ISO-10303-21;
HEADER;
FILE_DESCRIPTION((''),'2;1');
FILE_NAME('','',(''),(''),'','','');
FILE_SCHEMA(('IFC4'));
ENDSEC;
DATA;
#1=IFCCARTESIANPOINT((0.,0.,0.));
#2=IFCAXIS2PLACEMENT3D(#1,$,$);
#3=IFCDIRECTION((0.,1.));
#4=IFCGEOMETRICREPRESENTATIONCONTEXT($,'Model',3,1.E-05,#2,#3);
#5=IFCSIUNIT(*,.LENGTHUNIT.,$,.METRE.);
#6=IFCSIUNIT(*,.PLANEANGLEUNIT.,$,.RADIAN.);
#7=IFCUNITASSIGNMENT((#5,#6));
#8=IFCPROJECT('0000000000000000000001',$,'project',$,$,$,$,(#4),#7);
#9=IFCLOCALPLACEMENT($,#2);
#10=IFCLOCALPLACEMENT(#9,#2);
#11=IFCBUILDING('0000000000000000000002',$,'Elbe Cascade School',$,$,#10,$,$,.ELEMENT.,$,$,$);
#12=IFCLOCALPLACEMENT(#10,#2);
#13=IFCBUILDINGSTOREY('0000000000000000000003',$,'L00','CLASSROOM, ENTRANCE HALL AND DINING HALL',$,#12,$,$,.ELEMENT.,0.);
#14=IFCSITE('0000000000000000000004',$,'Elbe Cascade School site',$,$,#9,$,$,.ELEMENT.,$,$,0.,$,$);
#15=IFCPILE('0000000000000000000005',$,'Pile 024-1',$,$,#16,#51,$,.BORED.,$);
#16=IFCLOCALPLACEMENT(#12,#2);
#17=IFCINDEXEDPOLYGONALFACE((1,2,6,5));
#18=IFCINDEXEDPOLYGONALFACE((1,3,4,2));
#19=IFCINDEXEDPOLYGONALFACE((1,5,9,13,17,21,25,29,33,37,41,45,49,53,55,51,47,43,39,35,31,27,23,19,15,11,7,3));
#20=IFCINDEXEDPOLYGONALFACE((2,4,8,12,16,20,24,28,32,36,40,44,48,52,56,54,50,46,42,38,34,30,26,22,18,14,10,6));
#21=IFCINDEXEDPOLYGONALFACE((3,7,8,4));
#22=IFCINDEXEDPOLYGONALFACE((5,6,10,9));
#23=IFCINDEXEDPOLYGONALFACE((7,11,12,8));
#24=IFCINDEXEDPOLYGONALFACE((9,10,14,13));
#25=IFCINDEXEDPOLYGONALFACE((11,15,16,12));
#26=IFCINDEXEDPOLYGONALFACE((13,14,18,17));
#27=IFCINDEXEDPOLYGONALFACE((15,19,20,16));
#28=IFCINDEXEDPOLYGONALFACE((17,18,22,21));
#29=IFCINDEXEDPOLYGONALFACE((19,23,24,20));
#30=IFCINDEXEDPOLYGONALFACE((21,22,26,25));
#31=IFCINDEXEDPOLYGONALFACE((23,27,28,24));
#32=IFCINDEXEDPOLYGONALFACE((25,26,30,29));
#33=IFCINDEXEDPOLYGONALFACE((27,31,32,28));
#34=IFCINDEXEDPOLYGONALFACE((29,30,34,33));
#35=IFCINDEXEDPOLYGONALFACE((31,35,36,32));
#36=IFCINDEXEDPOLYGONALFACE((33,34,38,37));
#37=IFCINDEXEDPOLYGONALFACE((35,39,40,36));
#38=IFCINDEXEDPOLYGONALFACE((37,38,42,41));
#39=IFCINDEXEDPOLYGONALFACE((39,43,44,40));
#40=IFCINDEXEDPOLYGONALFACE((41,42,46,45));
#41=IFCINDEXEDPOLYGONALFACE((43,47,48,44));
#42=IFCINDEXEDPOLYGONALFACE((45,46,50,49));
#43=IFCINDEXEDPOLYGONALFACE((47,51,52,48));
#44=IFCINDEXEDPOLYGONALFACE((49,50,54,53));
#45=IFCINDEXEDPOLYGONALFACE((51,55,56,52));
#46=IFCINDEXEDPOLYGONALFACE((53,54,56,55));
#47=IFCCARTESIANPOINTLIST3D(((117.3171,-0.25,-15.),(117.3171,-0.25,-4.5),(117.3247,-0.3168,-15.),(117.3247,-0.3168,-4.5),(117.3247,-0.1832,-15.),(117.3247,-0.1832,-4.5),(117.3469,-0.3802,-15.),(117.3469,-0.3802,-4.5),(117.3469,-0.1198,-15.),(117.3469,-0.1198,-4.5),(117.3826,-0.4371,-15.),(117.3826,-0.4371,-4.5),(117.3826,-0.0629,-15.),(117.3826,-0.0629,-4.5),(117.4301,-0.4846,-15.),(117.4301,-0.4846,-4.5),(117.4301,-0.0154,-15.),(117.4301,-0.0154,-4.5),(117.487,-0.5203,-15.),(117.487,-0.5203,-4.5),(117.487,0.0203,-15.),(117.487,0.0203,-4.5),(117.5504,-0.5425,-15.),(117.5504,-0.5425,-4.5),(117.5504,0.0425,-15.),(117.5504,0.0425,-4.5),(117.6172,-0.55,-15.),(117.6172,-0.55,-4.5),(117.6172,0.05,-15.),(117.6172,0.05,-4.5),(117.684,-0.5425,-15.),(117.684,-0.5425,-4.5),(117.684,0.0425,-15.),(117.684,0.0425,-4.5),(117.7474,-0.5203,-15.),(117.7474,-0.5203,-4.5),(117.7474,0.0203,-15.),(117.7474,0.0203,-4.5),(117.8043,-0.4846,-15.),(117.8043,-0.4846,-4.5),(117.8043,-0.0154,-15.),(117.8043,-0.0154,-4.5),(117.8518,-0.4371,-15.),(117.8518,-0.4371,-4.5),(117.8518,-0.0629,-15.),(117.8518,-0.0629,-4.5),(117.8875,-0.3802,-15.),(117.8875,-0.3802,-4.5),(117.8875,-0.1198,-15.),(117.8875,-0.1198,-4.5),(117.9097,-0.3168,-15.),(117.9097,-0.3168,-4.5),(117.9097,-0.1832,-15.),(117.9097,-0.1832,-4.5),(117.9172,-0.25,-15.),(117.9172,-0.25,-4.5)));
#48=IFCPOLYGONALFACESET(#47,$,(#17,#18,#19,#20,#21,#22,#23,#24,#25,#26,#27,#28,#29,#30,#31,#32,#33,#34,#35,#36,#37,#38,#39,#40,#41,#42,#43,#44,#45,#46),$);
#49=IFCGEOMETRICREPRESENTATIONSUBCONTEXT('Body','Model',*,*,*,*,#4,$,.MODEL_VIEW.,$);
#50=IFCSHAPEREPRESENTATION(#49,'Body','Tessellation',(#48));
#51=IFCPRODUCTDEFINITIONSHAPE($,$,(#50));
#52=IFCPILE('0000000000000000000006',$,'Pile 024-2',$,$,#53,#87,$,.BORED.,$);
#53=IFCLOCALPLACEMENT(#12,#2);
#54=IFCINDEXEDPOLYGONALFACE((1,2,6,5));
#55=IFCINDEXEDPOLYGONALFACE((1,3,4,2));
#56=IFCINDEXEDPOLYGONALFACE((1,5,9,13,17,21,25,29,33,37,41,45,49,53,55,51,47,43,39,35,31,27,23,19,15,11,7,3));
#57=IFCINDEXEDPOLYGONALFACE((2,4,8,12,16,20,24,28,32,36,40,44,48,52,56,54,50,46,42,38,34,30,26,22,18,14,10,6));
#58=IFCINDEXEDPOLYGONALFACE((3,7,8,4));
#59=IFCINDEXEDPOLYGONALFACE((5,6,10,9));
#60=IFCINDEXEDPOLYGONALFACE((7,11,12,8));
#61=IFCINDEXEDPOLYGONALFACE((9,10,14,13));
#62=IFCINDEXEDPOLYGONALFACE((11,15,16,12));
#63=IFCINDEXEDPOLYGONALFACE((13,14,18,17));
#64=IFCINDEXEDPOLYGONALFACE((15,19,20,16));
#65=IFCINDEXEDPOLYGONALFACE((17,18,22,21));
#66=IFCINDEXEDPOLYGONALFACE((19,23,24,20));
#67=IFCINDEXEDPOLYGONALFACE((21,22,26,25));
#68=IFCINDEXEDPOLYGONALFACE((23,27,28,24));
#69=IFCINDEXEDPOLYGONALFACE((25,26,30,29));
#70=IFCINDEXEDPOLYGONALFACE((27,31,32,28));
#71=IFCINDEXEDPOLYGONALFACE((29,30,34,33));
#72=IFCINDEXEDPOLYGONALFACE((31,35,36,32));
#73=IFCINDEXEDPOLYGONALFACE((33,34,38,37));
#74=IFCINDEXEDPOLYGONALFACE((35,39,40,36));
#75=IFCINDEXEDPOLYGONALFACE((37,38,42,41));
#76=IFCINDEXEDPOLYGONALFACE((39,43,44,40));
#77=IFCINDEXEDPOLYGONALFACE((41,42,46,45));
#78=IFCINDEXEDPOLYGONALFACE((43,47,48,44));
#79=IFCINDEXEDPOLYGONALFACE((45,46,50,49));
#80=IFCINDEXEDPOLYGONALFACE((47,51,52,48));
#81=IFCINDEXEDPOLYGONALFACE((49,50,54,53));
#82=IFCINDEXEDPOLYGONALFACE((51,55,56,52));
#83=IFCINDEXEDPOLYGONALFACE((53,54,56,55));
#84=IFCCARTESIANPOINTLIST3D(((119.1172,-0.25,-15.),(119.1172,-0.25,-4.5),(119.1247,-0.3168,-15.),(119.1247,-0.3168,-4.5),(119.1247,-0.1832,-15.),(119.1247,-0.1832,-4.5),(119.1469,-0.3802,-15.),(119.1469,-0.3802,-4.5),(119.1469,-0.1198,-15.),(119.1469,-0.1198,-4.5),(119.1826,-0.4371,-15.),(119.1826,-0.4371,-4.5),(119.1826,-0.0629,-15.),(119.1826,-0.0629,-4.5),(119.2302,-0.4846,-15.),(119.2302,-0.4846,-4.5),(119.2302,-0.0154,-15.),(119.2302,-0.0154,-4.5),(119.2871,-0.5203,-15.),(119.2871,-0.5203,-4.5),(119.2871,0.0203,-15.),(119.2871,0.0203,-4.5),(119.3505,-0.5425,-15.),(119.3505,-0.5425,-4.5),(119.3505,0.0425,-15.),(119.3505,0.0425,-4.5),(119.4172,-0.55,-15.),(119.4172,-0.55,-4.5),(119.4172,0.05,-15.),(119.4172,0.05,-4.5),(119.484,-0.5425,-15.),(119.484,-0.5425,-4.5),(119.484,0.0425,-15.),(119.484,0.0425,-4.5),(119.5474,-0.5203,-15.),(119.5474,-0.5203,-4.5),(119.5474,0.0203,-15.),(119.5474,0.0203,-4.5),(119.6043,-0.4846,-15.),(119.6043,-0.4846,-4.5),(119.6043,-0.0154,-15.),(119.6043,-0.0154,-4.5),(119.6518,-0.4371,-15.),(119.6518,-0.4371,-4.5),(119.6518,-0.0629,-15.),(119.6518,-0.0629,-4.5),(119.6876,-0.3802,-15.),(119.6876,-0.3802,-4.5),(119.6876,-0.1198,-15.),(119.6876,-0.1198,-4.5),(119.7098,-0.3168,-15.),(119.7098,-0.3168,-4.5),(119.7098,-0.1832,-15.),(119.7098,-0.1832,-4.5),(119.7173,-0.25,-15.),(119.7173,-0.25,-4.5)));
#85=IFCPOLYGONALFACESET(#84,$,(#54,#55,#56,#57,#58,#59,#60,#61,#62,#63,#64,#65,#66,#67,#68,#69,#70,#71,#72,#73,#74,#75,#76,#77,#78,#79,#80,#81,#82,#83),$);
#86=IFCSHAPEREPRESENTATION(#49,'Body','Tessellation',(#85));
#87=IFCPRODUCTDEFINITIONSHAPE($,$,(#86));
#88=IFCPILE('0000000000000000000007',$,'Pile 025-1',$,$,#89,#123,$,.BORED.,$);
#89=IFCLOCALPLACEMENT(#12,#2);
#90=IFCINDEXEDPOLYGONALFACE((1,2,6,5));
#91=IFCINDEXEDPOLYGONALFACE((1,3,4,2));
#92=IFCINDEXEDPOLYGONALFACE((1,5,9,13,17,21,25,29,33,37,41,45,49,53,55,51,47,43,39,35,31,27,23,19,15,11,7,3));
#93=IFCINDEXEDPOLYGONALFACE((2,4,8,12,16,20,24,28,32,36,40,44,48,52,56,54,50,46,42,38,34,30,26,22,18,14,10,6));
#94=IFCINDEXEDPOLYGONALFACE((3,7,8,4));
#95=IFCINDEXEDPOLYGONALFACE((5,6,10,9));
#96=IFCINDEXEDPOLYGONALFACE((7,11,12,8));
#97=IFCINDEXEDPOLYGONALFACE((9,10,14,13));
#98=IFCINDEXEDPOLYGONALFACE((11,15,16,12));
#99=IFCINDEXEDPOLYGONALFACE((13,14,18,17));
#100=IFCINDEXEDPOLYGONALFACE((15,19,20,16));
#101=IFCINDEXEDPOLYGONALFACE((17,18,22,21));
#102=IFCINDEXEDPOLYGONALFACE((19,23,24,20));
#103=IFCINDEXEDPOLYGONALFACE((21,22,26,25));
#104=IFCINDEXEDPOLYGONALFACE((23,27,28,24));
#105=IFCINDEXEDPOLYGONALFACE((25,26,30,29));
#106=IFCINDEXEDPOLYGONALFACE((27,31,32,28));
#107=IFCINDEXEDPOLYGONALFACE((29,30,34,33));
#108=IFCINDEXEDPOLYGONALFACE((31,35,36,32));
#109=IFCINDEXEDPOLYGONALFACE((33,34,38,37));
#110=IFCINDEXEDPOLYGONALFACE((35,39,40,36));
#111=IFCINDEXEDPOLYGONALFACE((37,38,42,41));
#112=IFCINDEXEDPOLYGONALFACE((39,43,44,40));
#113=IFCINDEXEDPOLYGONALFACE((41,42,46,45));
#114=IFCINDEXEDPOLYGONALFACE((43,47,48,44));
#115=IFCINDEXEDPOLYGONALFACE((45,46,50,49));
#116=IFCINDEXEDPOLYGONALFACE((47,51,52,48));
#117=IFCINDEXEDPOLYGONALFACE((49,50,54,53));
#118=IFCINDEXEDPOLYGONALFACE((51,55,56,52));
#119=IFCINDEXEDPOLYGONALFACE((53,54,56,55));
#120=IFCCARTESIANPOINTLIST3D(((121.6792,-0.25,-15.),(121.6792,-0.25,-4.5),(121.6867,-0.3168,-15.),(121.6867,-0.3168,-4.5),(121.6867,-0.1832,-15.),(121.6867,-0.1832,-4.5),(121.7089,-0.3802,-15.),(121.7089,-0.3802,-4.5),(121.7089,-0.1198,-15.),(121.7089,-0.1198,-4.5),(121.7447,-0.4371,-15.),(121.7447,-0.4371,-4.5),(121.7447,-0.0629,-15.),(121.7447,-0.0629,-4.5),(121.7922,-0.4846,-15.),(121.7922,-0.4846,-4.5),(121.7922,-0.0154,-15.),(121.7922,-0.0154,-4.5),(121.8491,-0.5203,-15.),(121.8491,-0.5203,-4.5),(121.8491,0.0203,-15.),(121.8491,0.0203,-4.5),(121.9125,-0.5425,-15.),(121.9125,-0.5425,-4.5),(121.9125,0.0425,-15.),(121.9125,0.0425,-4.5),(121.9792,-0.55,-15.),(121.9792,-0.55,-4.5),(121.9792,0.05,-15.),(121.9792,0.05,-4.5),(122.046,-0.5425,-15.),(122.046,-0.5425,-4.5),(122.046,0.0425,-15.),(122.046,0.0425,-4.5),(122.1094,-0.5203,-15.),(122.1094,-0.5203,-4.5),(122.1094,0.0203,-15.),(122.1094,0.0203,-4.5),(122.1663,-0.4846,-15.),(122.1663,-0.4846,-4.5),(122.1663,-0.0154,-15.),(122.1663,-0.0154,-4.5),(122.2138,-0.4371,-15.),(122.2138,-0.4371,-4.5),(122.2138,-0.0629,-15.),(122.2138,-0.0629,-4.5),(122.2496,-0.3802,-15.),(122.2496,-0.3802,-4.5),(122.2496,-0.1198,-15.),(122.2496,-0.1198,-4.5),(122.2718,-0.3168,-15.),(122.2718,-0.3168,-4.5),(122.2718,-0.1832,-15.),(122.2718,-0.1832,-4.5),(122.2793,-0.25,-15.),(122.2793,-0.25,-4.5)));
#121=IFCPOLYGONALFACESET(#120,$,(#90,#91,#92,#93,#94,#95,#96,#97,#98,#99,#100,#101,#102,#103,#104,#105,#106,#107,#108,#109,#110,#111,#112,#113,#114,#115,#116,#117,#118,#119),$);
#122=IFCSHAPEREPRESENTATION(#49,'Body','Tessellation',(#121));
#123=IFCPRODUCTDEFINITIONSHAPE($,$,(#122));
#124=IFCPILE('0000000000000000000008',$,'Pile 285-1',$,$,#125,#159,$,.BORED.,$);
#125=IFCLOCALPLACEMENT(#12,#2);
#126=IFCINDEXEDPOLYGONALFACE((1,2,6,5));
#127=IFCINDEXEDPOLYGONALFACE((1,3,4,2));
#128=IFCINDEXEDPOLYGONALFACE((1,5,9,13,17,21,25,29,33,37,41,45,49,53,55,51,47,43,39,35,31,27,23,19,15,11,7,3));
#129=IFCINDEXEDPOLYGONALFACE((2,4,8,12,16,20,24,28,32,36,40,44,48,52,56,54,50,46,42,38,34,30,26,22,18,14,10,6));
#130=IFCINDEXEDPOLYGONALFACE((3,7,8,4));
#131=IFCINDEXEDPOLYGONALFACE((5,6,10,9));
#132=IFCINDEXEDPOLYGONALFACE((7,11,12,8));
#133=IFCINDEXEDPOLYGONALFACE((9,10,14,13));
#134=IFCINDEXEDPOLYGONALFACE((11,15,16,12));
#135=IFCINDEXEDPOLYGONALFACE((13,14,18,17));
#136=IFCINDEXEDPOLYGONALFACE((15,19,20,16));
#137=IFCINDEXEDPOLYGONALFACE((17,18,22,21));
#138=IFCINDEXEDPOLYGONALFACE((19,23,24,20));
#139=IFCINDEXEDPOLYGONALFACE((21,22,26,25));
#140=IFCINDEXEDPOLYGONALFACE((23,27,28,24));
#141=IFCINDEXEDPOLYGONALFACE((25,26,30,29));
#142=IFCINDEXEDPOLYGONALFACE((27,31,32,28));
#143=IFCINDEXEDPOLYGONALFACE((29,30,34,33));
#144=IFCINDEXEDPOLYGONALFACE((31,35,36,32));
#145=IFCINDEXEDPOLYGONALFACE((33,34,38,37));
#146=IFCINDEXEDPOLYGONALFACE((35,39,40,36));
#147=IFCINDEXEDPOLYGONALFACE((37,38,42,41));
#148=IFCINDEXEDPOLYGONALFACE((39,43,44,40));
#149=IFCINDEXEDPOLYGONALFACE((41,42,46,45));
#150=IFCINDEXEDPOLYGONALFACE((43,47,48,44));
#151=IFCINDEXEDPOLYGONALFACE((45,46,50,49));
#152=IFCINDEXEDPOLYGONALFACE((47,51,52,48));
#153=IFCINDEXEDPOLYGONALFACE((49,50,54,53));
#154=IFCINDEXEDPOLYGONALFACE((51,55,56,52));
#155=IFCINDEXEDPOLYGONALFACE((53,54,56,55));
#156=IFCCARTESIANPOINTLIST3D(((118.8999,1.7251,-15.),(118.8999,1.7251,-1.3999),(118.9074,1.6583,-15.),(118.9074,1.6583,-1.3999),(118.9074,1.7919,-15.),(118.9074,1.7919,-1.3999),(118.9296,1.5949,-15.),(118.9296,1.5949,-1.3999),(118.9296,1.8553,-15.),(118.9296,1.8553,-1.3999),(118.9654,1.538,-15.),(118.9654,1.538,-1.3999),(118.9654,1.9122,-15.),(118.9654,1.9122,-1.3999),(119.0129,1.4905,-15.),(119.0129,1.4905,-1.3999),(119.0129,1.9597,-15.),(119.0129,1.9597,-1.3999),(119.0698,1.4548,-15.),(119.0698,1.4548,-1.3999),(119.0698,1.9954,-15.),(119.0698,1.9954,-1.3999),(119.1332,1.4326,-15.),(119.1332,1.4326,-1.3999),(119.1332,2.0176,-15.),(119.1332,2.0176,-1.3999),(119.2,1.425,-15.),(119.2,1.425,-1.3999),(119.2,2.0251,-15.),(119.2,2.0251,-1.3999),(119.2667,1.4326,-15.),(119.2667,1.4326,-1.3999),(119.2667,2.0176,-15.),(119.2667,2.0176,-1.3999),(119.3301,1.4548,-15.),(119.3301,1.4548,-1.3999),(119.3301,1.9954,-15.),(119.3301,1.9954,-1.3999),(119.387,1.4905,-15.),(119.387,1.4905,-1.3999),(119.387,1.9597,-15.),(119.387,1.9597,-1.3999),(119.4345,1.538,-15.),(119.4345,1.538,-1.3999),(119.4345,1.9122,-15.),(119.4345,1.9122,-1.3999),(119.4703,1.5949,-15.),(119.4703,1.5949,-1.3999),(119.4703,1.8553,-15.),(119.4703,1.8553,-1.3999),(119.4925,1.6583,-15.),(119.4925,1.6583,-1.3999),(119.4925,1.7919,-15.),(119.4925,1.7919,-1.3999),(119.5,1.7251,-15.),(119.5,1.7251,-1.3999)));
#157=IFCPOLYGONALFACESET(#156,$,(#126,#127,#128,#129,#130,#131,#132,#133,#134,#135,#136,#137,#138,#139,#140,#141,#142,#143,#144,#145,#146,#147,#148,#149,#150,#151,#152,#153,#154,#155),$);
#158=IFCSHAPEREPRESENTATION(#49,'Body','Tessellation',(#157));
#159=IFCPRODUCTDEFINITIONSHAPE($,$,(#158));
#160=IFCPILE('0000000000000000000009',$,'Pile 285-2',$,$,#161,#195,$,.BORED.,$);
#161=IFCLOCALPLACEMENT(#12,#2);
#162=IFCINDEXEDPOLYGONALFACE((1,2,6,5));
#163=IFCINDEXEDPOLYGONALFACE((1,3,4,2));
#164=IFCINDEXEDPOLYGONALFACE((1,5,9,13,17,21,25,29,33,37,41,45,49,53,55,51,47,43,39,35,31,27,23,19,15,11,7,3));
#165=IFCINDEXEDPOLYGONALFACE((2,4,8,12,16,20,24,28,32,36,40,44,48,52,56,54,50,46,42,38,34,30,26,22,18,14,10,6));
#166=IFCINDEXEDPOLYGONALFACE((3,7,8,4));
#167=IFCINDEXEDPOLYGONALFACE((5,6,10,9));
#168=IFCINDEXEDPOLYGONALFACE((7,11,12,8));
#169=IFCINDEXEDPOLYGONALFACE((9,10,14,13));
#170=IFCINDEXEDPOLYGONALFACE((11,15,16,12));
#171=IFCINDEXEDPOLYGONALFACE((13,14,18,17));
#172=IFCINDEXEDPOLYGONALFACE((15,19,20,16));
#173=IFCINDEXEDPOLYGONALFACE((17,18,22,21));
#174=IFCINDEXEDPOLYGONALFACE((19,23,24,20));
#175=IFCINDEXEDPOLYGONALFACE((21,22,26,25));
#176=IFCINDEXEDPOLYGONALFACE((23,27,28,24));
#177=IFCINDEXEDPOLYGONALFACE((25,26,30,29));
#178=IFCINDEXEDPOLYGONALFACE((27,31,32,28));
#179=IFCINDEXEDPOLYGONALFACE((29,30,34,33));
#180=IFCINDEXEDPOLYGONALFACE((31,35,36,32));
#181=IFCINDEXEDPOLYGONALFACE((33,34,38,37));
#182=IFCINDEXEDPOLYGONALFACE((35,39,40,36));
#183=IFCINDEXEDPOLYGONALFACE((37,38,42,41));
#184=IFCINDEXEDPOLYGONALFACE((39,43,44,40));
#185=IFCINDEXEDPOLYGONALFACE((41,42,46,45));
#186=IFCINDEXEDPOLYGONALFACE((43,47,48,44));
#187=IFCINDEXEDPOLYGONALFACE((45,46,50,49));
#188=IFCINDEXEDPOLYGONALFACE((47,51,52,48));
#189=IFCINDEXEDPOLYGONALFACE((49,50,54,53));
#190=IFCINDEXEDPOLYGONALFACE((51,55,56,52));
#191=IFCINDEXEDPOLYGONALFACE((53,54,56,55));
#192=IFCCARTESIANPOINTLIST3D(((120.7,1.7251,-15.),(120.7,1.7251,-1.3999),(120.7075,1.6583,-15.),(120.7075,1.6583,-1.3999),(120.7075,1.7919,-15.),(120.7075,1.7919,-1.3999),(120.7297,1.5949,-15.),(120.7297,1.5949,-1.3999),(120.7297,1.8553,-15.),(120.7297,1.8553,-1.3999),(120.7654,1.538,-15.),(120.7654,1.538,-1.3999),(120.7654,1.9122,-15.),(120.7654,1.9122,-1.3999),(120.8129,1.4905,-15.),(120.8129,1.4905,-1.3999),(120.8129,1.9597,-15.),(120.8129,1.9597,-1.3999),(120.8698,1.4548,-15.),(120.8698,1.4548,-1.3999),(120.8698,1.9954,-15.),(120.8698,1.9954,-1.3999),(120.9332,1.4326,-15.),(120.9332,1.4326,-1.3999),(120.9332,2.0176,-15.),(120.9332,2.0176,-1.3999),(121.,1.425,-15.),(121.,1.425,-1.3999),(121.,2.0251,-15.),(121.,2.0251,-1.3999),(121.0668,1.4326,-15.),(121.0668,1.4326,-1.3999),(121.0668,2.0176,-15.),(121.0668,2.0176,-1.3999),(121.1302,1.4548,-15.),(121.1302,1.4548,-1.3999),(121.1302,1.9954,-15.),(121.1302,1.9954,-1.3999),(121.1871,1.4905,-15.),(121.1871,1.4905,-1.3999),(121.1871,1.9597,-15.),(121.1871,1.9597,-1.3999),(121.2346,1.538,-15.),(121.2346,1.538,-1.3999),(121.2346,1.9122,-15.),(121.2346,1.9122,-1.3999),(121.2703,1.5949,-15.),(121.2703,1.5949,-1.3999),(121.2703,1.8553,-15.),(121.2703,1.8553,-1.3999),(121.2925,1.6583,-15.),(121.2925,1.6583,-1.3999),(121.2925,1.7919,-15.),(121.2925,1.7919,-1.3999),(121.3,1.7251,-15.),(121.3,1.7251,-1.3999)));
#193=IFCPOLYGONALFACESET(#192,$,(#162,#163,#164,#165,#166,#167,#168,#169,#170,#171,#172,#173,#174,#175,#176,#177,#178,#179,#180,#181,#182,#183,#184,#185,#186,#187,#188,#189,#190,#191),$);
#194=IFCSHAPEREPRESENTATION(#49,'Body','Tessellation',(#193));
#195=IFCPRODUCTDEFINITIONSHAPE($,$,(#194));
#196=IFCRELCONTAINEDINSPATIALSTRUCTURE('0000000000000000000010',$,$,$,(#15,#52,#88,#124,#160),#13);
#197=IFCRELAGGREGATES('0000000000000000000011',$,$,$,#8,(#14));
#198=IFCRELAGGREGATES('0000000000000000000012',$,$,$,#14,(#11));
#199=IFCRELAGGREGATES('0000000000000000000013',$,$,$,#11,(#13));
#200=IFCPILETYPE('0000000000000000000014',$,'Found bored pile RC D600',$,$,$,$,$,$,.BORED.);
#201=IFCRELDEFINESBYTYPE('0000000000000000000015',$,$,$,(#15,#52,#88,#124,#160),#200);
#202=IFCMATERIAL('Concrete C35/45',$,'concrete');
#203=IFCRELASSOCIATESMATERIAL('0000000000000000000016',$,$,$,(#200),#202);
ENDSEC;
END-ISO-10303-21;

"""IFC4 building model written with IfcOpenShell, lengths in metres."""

from ifc_helpers import new_model, si_unit, direction, frame, origin, origin_2d, place, context, subcontext, project, spatial, circle, extrude, material, material_profile, profile_set, type_object, element, save


model = new_model("IFC4")

# Units and contexts
model_context = context("Model", 3, precision=1e-05, world=origin(), true_north=direction((0.0, 1.0)))
body_context = subcontext(model_context, "Body", "Model", "MODEL_VIEW")
ifc_project = project(units=[si_unit("LENGTHUNIT", "METRE"), si_unit("PLANEANGLEUNIT", "RADIAN")], contexts=[model_context])

# Site, building, storey
site_placement = place(None, origin())
site = spatial("IfcSite", under=ifc_project, at=site_placement, Name="Elbe Cascade School site", CompositionType="ELEMENT", RefElevation=0.0)
building_placement = place(site_placement, origin())
building = spatial("IfcBuilding", under=site, at=building_placement, Name="Elbe Cascade School", CompositionType="ELEMENT")
storey_placement = place(building_placement, origin())
storey = spatial("IfcBuildingStorey", under=building, at=storey_placement, Name="L00", Description="CLASSROOM, ENTRANCE HALL AND DINING HALL", CompositionType="ELEMENT", Elevation=0.0)

# Piles
ifc_material_1 = material(Name="Concrete C35/45", Category="concrete")
ifc_material_profile_1 = material_profile(ifc_material_1, circle(Radius=0.3, at=origin_2d()), Name="RC D600")
ifc_profile_set_1 = profile_set([ifc_material_profile_1], Name="Concrete C35/45")
pile_type = type_object("IfcPileType", Name="Found bored pile RC D600", PredefinedType="BORED", material=ifc_profile_set_1)
for number, where, z_axis, x_axis, name in (
    (1, (117.6172, -0.25, -4.5), (0.0, 0.0, -1.0), (1.0, 0.0, 0.0), "Pile 024-1"),
    (2, (119.4172, -0.25, -4.5), (0.0, 0.0, -1.0), (1.0, 0.0, 0.0), "Pile 024-2"),
    (3, (121.9792, -0.25, -4.5), (0.0, 0.0, -1.0), (1.0, 0.0, 0.0), "Pile 025-1"),
):
    element("IfcPile", number, at=place(storey_placement, frame(where, z_axis=z_axis, x_axis=x_axis)), inside=storey, type_object=pile_type, Name=name, PredefinedType="BORED", context=body_context, shape_type="SweptSolid", body=[
        extrude(circle(Radius=0.3, at=origin_2d()), origin(), (0.0, 0.0, 1.0), 10.5),
    ])
for number, where, z_axis, x_axis, name in (
    (4, (119.2, 1.7251, -1.3999), (0.0, 0.0, -1.0), (1.0, 0.0, 0.0), "Pile 285-1"),
    (5, (121.0, 1.7251, -1.3999), (0.0, 0.0, -1.0), (1.0, 0.0, 0.0), "Pile 285-2"),
):
    element("IfcPile", number, at=place(storey_placement, frame(where, z_axis=z_axis, x_axis=x_axis)), inside=storey, type_object=pile_type, Name=name, PredefinedType="BORED", context=body_context, shape_type="SweptSolid", body=[
        extrude(circle(Radius=0.3, at=origin_2d()), origin(), (0.0, 0.0, 1.0), 13.6001),
    ])

save(model, "model.ifc")
